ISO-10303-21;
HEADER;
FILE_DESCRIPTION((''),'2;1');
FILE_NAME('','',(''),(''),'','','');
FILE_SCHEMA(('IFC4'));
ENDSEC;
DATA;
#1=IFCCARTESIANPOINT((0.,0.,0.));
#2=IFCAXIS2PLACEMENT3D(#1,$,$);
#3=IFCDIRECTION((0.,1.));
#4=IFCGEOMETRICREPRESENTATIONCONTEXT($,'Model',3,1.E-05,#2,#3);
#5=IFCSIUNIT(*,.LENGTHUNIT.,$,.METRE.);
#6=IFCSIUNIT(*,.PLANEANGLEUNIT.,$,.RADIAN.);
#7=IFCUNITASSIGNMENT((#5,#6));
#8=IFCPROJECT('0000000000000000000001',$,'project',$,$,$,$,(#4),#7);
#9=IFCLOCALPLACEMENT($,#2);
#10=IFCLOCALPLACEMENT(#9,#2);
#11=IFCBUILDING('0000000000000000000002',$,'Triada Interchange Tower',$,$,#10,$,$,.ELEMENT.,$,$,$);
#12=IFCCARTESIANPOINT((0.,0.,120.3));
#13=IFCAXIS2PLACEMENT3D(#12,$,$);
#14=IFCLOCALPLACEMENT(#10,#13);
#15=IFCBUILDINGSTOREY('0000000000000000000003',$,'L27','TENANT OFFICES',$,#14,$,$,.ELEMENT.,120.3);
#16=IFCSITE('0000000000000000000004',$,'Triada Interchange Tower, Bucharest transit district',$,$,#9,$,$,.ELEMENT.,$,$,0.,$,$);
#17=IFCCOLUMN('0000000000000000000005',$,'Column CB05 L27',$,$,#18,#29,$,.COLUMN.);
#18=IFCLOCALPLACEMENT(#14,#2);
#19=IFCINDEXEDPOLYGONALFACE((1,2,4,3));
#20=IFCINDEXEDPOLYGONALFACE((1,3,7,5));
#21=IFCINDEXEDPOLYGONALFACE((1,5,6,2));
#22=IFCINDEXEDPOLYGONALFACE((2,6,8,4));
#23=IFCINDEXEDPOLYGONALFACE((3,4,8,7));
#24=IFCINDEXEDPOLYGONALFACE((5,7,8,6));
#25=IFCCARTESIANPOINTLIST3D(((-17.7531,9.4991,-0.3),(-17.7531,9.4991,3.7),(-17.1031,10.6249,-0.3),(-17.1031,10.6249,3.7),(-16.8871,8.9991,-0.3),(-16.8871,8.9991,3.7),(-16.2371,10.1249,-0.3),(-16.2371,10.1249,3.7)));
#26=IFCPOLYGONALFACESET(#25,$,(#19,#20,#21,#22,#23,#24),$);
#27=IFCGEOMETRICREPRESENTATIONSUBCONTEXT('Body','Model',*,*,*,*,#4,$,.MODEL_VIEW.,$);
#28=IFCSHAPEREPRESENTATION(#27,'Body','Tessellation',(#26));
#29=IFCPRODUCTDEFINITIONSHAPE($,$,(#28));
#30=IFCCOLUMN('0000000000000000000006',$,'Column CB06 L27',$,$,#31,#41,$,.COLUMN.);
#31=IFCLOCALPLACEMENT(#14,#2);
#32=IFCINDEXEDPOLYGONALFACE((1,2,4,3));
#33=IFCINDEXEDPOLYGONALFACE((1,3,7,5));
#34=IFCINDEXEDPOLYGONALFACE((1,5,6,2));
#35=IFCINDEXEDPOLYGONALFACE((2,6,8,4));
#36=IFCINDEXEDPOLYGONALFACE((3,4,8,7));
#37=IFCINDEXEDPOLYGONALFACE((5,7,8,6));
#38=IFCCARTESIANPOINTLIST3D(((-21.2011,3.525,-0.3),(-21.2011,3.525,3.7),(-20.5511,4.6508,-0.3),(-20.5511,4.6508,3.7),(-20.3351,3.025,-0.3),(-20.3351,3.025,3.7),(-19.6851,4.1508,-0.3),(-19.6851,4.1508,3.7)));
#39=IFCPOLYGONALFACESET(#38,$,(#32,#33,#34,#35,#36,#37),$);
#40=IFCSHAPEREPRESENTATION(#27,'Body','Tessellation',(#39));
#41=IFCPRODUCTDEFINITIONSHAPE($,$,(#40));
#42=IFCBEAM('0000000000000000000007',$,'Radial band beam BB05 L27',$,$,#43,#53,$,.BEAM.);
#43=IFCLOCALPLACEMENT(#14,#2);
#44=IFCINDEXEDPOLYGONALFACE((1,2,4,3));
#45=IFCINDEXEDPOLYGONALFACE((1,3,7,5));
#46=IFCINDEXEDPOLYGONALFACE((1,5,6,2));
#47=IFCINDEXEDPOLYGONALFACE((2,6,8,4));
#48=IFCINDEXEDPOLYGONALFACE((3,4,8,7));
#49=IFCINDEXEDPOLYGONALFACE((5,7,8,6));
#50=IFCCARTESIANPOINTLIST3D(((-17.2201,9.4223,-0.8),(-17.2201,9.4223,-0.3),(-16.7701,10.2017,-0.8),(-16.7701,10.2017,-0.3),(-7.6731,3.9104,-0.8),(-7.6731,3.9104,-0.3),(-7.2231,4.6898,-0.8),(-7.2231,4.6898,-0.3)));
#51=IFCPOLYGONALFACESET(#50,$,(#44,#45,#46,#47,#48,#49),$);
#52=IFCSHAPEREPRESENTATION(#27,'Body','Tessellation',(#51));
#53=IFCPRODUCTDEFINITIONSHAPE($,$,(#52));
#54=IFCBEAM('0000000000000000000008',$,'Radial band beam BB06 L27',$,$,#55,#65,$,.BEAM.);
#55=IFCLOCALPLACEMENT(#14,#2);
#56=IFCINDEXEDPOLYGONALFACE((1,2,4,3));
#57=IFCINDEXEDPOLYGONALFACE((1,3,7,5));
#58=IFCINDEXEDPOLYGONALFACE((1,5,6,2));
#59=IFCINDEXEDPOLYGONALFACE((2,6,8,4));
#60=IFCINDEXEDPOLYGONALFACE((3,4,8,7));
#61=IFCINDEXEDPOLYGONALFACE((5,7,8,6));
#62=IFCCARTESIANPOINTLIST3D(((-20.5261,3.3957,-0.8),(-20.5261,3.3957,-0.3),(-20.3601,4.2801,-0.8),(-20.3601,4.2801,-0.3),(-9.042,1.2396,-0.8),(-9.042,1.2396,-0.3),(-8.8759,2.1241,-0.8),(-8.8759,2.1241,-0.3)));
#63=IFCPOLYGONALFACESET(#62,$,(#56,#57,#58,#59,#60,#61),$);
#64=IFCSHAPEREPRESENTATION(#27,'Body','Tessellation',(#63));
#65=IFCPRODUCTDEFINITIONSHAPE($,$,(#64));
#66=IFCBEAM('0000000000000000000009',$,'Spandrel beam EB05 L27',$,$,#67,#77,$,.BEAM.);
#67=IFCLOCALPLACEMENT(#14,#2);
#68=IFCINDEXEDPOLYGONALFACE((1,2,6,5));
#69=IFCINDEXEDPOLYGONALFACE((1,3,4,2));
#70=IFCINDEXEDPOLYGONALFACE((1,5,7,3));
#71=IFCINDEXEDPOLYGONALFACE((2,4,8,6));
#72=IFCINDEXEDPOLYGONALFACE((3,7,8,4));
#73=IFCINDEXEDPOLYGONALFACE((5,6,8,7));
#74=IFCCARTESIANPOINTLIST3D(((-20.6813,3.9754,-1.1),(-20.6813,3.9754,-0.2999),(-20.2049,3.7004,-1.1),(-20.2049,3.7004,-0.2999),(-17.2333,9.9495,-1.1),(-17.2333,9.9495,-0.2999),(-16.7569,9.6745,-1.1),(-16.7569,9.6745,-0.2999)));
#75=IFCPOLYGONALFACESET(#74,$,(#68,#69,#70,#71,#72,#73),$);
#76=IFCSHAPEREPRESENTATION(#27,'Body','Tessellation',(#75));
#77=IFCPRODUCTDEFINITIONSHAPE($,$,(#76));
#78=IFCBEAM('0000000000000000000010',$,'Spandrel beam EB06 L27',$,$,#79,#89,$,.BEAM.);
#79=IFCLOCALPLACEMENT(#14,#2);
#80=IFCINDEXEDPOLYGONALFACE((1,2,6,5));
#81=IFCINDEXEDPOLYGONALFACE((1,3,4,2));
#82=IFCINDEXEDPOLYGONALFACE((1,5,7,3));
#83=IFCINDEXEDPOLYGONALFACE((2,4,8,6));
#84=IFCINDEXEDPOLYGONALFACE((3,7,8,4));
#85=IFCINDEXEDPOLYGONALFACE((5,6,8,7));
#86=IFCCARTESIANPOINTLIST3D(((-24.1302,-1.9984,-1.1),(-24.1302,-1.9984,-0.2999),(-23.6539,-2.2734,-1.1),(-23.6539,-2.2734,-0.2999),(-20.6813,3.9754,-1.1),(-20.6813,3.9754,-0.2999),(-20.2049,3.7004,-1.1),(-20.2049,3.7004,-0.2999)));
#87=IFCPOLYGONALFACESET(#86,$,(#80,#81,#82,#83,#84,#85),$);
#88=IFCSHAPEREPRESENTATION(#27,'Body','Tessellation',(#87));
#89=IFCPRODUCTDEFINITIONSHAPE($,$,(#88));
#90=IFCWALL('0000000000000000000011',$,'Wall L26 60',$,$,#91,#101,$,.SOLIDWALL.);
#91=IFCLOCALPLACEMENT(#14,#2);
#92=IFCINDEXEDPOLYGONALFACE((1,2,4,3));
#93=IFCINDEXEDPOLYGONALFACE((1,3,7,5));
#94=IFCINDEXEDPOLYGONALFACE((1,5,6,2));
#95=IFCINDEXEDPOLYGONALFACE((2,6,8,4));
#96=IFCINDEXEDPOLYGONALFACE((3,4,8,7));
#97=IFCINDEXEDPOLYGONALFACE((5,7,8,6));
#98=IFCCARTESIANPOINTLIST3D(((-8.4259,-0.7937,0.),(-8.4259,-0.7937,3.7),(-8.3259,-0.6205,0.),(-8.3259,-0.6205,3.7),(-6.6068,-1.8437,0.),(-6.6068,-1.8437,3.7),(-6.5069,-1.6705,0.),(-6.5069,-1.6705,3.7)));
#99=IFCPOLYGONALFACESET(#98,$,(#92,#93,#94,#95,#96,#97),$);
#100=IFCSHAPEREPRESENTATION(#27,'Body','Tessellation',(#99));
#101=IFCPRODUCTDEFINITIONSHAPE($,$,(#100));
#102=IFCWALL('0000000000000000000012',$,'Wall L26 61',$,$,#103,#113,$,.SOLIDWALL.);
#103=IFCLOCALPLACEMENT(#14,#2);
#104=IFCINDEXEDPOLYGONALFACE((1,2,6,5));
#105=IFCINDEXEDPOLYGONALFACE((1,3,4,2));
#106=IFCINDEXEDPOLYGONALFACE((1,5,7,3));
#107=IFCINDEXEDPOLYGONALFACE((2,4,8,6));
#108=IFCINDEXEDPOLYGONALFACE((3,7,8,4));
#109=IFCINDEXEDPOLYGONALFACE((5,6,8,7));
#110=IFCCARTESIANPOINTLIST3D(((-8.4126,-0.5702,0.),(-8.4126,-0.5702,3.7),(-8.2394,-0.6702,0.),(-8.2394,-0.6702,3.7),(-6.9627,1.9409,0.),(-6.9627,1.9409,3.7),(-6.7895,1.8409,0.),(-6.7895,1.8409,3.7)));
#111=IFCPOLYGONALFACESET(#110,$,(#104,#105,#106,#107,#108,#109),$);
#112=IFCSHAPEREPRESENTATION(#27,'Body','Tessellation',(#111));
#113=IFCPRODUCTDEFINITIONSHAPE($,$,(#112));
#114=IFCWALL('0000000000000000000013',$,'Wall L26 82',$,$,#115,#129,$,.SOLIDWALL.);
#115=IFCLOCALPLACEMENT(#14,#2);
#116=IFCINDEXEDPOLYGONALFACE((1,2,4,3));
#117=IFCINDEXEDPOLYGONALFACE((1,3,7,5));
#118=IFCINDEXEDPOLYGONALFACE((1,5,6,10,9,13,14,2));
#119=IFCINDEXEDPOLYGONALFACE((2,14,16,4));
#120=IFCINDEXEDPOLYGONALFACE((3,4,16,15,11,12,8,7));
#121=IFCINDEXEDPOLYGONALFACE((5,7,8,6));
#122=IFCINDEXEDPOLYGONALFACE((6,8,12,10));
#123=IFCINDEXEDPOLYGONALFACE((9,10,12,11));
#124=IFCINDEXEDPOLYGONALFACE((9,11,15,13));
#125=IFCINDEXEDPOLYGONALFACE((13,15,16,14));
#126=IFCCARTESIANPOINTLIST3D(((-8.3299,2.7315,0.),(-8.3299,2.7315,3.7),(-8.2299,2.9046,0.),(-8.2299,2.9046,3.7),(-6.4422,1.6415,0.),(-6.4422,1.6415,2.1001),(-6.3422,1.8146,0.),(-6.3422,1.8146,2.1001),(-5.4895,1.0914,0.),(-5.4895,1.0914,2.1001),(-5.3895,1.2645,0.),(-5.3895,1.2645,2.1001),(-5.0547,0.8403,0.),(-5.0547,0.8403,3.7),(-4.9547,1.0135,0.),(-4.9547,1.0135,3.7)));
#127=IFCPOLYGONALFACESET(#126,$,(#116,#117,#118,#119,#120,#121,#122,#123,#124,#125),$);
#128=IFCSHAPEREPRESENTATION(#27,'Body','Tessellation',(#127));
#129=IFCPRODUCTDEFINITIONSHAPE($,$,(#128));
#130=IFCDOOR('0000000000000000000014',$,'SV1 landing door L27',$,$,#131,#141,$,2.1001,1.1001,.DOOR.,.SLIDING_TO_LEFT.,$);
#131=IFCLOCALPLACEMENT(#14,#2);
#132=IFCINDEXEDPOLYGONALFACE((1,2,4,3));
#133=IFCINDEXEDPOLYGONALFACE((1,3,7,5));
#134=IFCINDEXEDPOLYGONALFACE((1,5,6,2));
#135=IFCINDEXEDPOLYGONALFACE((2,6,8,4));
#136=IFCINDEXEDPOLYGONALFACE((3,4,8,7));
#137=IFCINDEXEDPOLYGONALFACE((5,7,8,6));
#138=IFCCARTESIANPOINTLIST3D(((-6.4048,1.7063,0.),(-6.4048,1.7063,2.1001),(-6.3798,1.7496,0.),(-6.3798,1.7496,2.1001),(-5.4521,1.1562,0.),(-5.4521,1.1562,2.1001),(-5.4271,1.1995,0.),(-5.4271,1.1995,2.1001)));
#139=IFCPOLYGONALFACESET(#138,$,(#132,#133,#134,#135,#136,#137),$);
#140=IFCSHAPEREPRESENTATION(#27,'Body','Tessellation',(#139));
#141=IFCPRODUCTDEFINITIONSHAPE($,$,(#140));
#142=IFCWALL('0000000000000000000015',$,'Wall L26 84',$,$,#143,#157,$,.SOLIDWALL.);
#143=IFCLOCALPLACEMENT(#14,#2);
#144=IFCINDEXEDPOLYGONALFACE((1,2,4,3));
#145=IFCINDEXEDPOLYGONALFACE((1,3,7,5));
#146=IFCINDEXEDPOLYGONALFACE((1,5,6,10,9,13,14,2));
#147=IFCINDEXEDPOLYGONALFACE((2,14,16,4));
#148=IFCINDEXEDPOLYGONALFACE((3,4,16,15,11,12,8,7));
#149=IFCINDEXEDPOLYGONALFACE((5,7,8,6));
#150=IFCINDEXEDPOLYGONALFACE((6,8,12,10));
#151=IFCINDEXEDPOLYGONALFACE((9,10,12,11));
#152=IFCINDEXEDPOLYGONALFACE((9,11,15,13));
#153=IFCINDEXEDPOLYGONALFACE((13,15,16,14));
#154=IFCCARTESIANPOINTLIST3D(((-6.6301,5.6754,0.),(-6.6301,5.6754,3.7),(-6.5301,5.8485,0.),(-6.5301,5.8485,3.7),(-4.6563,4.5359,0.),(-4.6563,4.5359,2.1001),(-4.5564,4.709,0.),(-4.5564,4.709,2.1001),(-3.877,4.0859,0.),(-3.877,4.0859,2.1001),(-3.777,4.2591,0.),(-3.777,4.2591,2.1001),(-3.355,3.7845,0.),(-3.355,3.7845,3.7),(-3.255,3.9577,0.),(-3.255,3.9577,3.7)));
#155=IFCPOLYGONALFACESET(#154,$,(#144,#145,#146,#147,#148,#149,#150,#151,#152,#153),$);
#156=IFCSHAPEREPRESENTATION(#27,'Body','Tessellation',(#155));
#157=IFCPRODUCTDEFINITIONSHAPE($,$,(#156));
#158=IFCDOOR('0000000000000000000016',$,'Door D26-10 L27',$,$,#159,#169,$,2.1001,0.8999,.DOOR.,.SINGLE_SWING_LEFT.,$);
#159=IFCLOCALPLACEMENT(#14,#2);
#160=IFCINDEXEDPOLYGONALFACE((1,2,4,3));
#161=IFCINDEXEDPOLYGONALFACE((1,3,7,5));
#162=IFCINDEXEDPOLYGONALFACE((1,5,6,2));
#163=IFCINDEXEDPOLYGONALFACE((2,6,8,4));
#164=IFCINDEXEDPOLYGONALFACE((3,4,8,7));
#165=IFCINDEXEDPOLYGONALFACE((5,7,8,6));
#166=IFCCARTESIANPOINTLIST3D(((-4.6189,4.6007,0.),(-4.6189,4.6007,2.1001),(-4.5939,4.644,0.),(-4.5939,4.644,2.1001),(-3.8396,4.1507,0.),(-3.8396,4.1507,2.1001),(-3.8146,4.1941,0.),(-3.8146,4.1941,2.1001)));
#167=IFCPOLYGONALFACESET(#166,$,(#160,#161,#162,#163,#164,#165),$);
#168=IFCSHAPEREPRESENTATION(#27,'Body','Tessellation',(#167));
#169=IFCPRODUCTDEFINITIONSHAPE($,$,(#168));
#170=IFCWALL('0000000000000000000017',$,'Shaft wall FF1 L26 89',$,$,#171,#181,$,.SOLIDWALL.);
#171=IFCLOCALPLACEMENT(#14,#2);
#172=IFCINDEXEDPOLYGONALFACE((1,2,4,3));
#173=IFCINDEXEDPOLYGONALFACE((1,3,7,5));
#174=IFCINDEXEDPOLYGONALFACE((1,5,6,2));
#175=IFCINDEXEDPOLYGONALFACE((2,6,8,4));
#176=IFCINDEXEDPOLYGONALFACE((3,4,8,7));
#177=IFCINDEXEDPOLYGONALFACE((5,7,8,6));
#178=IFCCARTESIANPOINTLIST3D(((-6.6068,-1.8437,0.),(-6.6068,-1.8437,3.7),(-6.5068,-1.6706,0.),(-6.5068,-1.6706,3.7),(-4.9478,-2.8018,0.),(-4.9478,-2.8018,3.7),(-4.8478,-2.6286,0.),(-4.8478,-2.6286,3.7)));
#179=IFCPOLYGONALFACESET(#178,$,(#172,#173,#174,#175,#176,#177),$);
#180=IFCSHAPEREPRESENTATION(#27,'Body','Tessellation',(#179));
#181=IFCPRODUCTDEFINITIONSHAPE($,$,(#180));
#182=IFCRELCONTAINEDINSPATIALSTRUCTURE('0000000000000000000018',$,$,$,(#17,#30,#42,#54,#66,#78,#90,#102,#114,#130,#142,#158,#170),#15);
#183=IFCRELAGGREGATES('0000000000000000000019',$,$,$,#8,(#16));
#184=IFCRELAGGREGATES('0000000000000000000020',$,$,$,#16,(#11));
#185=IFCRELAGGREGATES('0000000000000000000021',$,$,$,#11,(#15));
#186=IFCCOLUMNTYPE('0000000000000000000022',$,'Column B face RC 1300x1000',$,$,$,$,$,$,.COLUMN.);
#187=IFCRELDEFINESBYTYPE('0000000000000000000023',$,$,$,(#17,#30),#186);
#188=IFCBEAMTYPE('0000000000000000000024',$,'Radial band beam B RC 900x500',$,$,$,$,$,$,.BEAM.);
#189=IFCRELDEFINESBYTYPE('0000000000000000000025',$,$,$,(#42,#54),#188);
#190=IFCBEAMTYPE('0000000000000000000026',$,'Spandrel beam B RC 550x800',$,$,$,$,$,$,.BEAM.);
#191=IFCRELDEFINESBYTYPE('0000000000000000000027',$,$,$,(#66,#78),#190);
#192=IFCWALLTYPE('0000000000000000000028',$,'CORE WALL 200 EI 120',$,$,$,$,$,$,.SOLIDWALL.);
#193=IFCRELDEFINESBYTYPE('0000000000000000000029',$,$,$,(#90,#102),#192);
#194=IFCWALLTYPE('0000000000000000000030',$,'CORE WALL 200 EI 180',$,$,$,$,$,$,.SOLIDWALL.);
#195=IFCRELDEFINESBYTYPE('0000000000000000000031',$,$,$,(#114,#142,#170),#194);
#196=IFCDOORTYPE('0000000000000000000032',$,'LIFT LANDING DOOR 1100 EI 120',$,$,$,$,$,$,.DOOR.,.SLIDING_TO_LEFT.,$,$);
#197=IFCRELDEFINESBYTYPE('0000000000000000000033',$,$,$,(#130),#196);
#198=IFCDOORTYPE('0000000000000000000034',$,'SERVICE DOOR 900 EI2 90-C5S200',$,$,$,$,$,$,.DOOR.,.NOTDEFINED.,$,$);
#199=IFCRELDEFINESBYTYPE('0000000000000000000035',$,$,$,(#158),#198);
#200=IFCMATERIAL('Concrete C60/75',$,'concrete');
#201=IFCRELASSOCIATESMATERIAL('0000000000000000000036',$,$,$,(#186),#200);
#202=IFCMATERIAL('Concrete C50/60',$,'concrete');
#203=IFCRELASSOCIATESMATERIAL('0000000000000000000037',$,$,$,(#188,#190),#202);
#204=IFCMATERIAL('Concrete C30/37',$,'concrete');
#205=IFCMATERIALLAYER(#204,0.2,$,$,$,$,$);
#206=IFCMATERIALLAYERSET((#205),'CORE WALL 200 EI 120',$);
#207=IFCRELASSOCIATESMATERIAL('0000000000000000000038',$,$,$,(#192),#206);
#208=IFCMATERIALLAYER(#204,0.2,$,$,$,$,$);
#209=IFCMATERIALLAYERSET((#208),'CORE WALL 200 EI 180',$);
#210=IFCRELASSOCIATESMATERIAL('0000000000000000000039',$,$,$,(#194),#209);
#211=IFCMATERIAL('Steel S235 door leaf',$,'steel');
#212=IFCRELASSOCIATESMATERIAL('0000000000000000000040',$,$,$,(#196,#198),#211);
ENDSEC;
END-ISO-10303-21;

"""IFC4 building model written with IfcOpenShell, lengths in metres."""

from ifc_helpers import new_model, si_unit, direction, frame, frame_2d, origin, origin_2d, place, context, subcontext, project, spatial, rectangle, extrude, material, layer, layer_set, material_profile, profile_set, type_object, element, fill, save


model = new_model("IFC4")

# Units and contexts
model_context = context("Model", 3, precision=1e-05, world=origin(), true_north=direction((0.0, 1.0)))
body_context = subcontext(model_context, "Body", "Model", "MODEL_VIEW")
ifc_project = project(units=[si_unit("LENGTHUNIT", "METRE"), si_unit("PLANEANGLEUNIT", "RADIAN")], contexts=[model_context])

# Site, building, storey
site_placement = place(None, origin())
site = spatial("IfcSite", under=ifc_project, at=site_placement, Name="Triada Interchange Tower, Bucharest transit district", CompositionType="ELEMENT", RefElevation=0.0)
building_placement = place(site_placement, origin())
building = spatial("IfcBuilding", under=site, at=building_placement, Name="Triada Interchange Tower", CompositionType="ELEMENT")
storey_placement = place(building_placement, frame((0.0, 0.0, 120.3)))
storey = spatial("IfcBuildingStorey", under=building, at=storey_placement, Name="L27", Description="TENANT OFFICES", CompositionType="ELEMENT", Elevation=120.3)

# Columns
ifc_material_1 = material(Name="Concrete C60/75", Category="concrete")
ifc_material_profile_1 = material_profile(ifc_material_1, rectangle(XDim=1.3, YDim=1.0, at=origin_2d()), Name="RC 1300x1000")
ifc_profile_set_1 = profile_set([ifc_material_profile_1], Name="Concrete C60/75")
column_type = type_object("IfcColumnType", Name="Column B face RC 1300x1000", PredefinedType="COLUMN", material=ifc_profile_set_1)
for number, where, z_axis, x_axis, name in (
    (1, (-16.9951, 9.812, -0.3), (0.0, 0.0, 1.0), (0.5, 0.866025, 0.0), "Column CB05 L27"),
    (2, (-20.4431, 3.8379, -0.3), (0.0, 0.0, 1.0), (0.5, 0.866025, 0.0), "Column CB06 L27"),
):
    element("IfcColumn", number, at=place(storey_placement, frame(where, z_axis=z_axis, x_axis=x_axis)), inside=storey, type_object=column_type, Name=name, PredefinedType="COLUMN", context=body_context, shape_type="SweptSolid", body=[
        extrude(rectangle(XDim=1.3, YDim=1.0, at=origin_2d()), origin(), (0.0, 0.0, 1.0), 4.0),
    ])

# Beams
ifc_material_2 = material(Name="Concrete C50/60", Category="concrete")
ifc_material_profile_2 = material_profile(ifc_material_2, rectangle(XDim=0.8999, YDim=0.5, at=origin_2d()), Name="RC 900x500")
ifc_profile_set_2 = profile_set([ifc_material_profile_2], Name="Concrete C50/60")
beam_type_1 = type_object("IfcBeamType", Name="Radial band beam B RC 900x500", PredefinedType="BEAM", material=ifc_profile_set_2)
beam_1_placement = place(storey_placement, frame((-16.9951, 9.812, -0.55), z_axis=(0.866028, -0.499995, 0.0), x_axis=(0.499995, 0.866028, 0.0)))
element("IfcBeam", 3, at=beam_1_placement, inside=storey, type_object=beam_type_1, Name="Radial band beam BB05 L27", PredefinedType="BEAM", context=body_context, shape_type="SweptSolid", body=[
    extrude(rectangle(XDim=0.8999, YDim=0.5, at=origin_2d()), origin(), (0.0, 0.0, 1.0), 11.0239),
])
beam_2_placement = place(storey_placement, frame((-20.4431, 3.8379, -0.55), z_axis=(0.98283, -0.184514, 0.0), x_axis=(0.184514, 0.98283, 0.0)))
element("IfcBeam", 4, at=beam_2_placement, inside=storey, type_object=beam_type_1, Name="Radial band beam BB06 L27", PredefinedType="BEAM", context=body_context, shape_type="SweptSolid", body=[
    extrude(rectangle(XDim=0.8999, YDim=0.5, at=origin_2d()), origin(), (0.0, 0.0, 1.0), 11.6848),
])
ifc_material_profile_3 = material_profile(ifc_material_2, rectangle(XDim=0.55, YDim=0.8, at=origin_2d()), Name="RC 550x800")
ifc_profile_set_3 = profile_set([ifc_material_profile_3], Name="Concrete C50/60")
beam_type_2 = type_object("IfcBeamType", Name="Spandrel beam B RC 550x800", PredefinedType="BEAM", material=ifc_profile_set_3)
beam_3_placement = place(storey_placement, frame((-16.9951, 9.812, -0.7), z_axis=(-0.499874, -0.866098, 0.0), x_axis=(0.866098, -0.499874, 0.0)))
element("IfcBeam", 5, at=beam_3_placement, inside=storey, type_object=beam_type_2, Name="Spandrel beam EB05 L27", PredefinedType="BEAM", context=body_context, shape_type="SweptSolid", body=[
    extrude(rectangle(XDim=0.55, YDim=0.8, at=origin_2d()), origin(), (0.0, 0.0, 1.0), 6.8977),
])
beam_4_placement = place(storey_placement, frame((-20.4431, 3.8379, -0.7), z_axis=(-0.499995, -0.866028, 0.0), x_axis=(0.866028, -0.499995, 0.0)))
element("IfcBeam", 6, at=beam_4_placement, inside=storey, type_object=beam_type_2, Name="Spandrel beam EB06 L27", PredefinedType="BEAM", context=body_context, shape_type="SweptSolid", body=[
    extrude(rectangle(XDim=0.55, YDim=0.8, at=origin_2d()), origin(), (0.0, 0.0, 1.0), 6.8979),
])

# Walls
ifc_material_3 = material(Name="Concrete C30/37", Category="concrete")
ifc_layer_1 = layer(ifc_material_3, 0.2)
ifc_layer_set_1 = layer_set([ifc_layer_1], Name="CORE WALL 200 EI 120")
wall_type_1 = type_object("IfcWallType", Name="CORE WALL 200 EI 120", PredefinedType="SOLIDWALL", material=ifc_layer_set_1)
wall_1_placement = place(storey_placement, frame((-8.376, -0.707, 0.0), z_axis=(0.0, 0.0, 1.0), x_axis=(0.866068, -0.499927, 0.0)))
element("IfcWall", 7, at=wall_1_placement, inside=storey, type_object=wall_type_1, Name="Wall L26 60", PredefinedType="SOLIDWALL", context=body_context, shape_type="SweptSolid", body=[
    extrude(rectangle(XDim=2.1003, YDim=0.2, at=frame_2d((1.0503, 0.0))), origin(), (0.0, 0.0, 1.0), 3.7),
])
wall_2_placement = place(storey_placement, frame((-8.3259, -0.6201, 0.0), z_axis=(0.0, 0.0, 1.0), x_axis=(0.500024, 0.866012, 0.0)))
element("IfcWall", 8, at=wall_2_placement, inside=storey, type_object=wall_type_1, Name="Wall L26 61", PredefinedType="SOLIDWALL", context=body_context, shape_type="SweptSolid", body=[
    extrude(rectangle(XDim=2.8997, YDim=0.2, at=frame_2d((1.4497, 0.0))), origin(), (0.0, 0.0, 1.0), 3.7),
])

# Walls, openings, doors
ifc_layer_2 = layer(ifc_material_3, 0.2)
ifc_layer_set_2 = layer_set([ifc_layer_2], Name="CORE WALL 200 EI 180")
wall_type_2 = type_object("IfcWallType", Name="CORE WALL 200 EI 180", PredefinedType="SOLIDWALL", material=ifc_layer_set_2)
wall_3_placement = place(storey_placement, frame((-8.28, 2.8181, 0.0), z_axis=(0.0, 0.0, 1.0), x_axis=(0.866002, -0.500041, 0.0)))
wall_3 = element("IfcWall", 9, at=wall_3_placement, inside=storey, type_object=wall_type_2, Name="Wall L26 82", PredefinedType="SOLIDWALL", context=body_context, shape_type="SweptSolid", body=[
    extrude(rectangle(XDim=3.782, YDim=0.2, at=frame_2d((1.8911, 0.0))), origin(), (0.0, 0.0, 1.0), 3.7),
])
opening_1_placement = place(wall_3_placement, frame((2.1799, 0.0, 0.0)))
opening_1 = element("IfcOpeningElement", 10, at=opening_1_placement, cuts=wall_3, PredefinedType="OPENING", context=body_context, shape_type="SweptSolid", body=[
    extrude(rectangle(XDim=1.1001, YDim=2.1001, at=frame_2d((0.55, 1.05))), frame((0.0, 0.1099, 0.0), z_axis=(0.0, -1.0, 0.0), x_axis=(1.0, 0.0, 0.0)), (0.0, 0.0, 1.0), 0.22),
])
ifc_material_4 = material(Name="Steel S235 door leaf", Category="steel")
door_type_1 = type_object("IfcDoorType", Name="LIFT LANDING DOOR 1100 EI 120", OperationType="SLIDING_TO_LEFT", PredefinedType="DOOR", material=ifc_material_4)
door_1_placement = place(opening_1_placement, origin())
door_1 = element("IfcDoor", 11, at=door_1_placement, inside=storey, type_object=door_type_1, Name="SV1 landing door L27", OperationType="SLIDING_TO_LEFT", OverallHeight=2.1001, OverallWidth=1.1001, PredefinedType="DOOR", context=body_context, shape_type="SweptSolid", body=[
    extrude(rectangle(XDim=1.1001, YDim=2.1001, at=frame_2d((0.55, 1.05))), frame((0.0, 0.0249, 0.0), z_axis=(0.0, -1.0, 0.0), x_axis=(1.0, 0.0, 0.0)), (0.0, 0.0, 1.0), 0.05),
])
fill(opening_1, door_1)
wall_4_placement = place(storey_placement, frame((-6.5801, 5.762, 0.0), z_axis=(0.0, 0.0, 1.0), x_axis=(0.86603, -0.499993, 0.0)))
wall_4 = element("IfcWall", 12, at=wall_4_placement, inside=storey, type_object=wall_type_2, Name="Wall L26 84", PredefinedType="SOLIDWALL", context=body_context, shape_type="SweptSolid", body=[
    extrude(rectangle(XDim=3.7817, YDim=0.2, at=frame_2d((1.8909, 0.0))), origin(), (0.0, 0.0, 1.0), 3.7),
])
opening_2_placement = place(wall_4_placement, frame((2.2791, 0.0, 0.0)))
opening_2 = element("IfcOpeningElement", 13, at=opening_2_placement, cuts=wall_4, PredefinedType="OPENING", context=body_context, shape_type="SweptSolid", body=[
    extrude(rectangle(XDim=0.8999, YDim=2.1001, at=frame_2d((0.45, 1.05))), frame((0.0, 0.1099, 0.0), z_axis=(0.0, -1.0, 0.0), x_axis=(1.0, 0.0, 0.0)), (0.0, 0.0, 1.0), 0.22),
])
door_type_2 = type_object("IfcDoorType", Name="SERVICE DOOR 900 EI2 90-C5S200", OperationType="NOTDEFINED", PredefinedType="DOOR", material=ifc_material_4)
door_2_placement = place(opening_2_placement, origin())
door_2 = element("IfcDoor", 14, at=door_2_placement, inside=storey, type_object=door_type_2, Name="Door D26-10 L27", OperationType="SINGLE_SWING_LEFT", OverallHeight=2.1001, OverallWidth=0.8999, PredefinedType="DOOR", context=body_context, shape_type="SweptSolid", body=[
    extrude(rectangle(XDim=0.8999, YDim=2.1001, at=frame_2d((0.45, 1.05))), frame((0.0, 0.0249, 0.0), z_axis=(0.0, -1.0, 0.0), x_axis=(1.0, 0.0, 0.0)), (0.0, 0.0, 1.0), 0.05),
])
fill(opening_2, door_2)

# Wall
wall_5_placement = place(storey_placement, frame((-6.5569, -1.7571, 0.0), z_axis=(0.0, 0.0, 1.0), x_axis=(0.865975, -0.500086, 0.0)))
element("IfcWall", 15, at=wall_5_placement, inside=storey, type_object=wall_type_2, Name="Shaft wall FF1 L26 89", PredefinedType="SOLIDWALL", context=body_context, shape_type="SweptSolid", body=[
    extrude(rectangle(XDim=1.9158, YDim=0.2, at=frame_2d((0.958, 0.0))), origin(), (0.0, 0.0, 1.0), 3.7),
])

save(model, "model.ifc")
